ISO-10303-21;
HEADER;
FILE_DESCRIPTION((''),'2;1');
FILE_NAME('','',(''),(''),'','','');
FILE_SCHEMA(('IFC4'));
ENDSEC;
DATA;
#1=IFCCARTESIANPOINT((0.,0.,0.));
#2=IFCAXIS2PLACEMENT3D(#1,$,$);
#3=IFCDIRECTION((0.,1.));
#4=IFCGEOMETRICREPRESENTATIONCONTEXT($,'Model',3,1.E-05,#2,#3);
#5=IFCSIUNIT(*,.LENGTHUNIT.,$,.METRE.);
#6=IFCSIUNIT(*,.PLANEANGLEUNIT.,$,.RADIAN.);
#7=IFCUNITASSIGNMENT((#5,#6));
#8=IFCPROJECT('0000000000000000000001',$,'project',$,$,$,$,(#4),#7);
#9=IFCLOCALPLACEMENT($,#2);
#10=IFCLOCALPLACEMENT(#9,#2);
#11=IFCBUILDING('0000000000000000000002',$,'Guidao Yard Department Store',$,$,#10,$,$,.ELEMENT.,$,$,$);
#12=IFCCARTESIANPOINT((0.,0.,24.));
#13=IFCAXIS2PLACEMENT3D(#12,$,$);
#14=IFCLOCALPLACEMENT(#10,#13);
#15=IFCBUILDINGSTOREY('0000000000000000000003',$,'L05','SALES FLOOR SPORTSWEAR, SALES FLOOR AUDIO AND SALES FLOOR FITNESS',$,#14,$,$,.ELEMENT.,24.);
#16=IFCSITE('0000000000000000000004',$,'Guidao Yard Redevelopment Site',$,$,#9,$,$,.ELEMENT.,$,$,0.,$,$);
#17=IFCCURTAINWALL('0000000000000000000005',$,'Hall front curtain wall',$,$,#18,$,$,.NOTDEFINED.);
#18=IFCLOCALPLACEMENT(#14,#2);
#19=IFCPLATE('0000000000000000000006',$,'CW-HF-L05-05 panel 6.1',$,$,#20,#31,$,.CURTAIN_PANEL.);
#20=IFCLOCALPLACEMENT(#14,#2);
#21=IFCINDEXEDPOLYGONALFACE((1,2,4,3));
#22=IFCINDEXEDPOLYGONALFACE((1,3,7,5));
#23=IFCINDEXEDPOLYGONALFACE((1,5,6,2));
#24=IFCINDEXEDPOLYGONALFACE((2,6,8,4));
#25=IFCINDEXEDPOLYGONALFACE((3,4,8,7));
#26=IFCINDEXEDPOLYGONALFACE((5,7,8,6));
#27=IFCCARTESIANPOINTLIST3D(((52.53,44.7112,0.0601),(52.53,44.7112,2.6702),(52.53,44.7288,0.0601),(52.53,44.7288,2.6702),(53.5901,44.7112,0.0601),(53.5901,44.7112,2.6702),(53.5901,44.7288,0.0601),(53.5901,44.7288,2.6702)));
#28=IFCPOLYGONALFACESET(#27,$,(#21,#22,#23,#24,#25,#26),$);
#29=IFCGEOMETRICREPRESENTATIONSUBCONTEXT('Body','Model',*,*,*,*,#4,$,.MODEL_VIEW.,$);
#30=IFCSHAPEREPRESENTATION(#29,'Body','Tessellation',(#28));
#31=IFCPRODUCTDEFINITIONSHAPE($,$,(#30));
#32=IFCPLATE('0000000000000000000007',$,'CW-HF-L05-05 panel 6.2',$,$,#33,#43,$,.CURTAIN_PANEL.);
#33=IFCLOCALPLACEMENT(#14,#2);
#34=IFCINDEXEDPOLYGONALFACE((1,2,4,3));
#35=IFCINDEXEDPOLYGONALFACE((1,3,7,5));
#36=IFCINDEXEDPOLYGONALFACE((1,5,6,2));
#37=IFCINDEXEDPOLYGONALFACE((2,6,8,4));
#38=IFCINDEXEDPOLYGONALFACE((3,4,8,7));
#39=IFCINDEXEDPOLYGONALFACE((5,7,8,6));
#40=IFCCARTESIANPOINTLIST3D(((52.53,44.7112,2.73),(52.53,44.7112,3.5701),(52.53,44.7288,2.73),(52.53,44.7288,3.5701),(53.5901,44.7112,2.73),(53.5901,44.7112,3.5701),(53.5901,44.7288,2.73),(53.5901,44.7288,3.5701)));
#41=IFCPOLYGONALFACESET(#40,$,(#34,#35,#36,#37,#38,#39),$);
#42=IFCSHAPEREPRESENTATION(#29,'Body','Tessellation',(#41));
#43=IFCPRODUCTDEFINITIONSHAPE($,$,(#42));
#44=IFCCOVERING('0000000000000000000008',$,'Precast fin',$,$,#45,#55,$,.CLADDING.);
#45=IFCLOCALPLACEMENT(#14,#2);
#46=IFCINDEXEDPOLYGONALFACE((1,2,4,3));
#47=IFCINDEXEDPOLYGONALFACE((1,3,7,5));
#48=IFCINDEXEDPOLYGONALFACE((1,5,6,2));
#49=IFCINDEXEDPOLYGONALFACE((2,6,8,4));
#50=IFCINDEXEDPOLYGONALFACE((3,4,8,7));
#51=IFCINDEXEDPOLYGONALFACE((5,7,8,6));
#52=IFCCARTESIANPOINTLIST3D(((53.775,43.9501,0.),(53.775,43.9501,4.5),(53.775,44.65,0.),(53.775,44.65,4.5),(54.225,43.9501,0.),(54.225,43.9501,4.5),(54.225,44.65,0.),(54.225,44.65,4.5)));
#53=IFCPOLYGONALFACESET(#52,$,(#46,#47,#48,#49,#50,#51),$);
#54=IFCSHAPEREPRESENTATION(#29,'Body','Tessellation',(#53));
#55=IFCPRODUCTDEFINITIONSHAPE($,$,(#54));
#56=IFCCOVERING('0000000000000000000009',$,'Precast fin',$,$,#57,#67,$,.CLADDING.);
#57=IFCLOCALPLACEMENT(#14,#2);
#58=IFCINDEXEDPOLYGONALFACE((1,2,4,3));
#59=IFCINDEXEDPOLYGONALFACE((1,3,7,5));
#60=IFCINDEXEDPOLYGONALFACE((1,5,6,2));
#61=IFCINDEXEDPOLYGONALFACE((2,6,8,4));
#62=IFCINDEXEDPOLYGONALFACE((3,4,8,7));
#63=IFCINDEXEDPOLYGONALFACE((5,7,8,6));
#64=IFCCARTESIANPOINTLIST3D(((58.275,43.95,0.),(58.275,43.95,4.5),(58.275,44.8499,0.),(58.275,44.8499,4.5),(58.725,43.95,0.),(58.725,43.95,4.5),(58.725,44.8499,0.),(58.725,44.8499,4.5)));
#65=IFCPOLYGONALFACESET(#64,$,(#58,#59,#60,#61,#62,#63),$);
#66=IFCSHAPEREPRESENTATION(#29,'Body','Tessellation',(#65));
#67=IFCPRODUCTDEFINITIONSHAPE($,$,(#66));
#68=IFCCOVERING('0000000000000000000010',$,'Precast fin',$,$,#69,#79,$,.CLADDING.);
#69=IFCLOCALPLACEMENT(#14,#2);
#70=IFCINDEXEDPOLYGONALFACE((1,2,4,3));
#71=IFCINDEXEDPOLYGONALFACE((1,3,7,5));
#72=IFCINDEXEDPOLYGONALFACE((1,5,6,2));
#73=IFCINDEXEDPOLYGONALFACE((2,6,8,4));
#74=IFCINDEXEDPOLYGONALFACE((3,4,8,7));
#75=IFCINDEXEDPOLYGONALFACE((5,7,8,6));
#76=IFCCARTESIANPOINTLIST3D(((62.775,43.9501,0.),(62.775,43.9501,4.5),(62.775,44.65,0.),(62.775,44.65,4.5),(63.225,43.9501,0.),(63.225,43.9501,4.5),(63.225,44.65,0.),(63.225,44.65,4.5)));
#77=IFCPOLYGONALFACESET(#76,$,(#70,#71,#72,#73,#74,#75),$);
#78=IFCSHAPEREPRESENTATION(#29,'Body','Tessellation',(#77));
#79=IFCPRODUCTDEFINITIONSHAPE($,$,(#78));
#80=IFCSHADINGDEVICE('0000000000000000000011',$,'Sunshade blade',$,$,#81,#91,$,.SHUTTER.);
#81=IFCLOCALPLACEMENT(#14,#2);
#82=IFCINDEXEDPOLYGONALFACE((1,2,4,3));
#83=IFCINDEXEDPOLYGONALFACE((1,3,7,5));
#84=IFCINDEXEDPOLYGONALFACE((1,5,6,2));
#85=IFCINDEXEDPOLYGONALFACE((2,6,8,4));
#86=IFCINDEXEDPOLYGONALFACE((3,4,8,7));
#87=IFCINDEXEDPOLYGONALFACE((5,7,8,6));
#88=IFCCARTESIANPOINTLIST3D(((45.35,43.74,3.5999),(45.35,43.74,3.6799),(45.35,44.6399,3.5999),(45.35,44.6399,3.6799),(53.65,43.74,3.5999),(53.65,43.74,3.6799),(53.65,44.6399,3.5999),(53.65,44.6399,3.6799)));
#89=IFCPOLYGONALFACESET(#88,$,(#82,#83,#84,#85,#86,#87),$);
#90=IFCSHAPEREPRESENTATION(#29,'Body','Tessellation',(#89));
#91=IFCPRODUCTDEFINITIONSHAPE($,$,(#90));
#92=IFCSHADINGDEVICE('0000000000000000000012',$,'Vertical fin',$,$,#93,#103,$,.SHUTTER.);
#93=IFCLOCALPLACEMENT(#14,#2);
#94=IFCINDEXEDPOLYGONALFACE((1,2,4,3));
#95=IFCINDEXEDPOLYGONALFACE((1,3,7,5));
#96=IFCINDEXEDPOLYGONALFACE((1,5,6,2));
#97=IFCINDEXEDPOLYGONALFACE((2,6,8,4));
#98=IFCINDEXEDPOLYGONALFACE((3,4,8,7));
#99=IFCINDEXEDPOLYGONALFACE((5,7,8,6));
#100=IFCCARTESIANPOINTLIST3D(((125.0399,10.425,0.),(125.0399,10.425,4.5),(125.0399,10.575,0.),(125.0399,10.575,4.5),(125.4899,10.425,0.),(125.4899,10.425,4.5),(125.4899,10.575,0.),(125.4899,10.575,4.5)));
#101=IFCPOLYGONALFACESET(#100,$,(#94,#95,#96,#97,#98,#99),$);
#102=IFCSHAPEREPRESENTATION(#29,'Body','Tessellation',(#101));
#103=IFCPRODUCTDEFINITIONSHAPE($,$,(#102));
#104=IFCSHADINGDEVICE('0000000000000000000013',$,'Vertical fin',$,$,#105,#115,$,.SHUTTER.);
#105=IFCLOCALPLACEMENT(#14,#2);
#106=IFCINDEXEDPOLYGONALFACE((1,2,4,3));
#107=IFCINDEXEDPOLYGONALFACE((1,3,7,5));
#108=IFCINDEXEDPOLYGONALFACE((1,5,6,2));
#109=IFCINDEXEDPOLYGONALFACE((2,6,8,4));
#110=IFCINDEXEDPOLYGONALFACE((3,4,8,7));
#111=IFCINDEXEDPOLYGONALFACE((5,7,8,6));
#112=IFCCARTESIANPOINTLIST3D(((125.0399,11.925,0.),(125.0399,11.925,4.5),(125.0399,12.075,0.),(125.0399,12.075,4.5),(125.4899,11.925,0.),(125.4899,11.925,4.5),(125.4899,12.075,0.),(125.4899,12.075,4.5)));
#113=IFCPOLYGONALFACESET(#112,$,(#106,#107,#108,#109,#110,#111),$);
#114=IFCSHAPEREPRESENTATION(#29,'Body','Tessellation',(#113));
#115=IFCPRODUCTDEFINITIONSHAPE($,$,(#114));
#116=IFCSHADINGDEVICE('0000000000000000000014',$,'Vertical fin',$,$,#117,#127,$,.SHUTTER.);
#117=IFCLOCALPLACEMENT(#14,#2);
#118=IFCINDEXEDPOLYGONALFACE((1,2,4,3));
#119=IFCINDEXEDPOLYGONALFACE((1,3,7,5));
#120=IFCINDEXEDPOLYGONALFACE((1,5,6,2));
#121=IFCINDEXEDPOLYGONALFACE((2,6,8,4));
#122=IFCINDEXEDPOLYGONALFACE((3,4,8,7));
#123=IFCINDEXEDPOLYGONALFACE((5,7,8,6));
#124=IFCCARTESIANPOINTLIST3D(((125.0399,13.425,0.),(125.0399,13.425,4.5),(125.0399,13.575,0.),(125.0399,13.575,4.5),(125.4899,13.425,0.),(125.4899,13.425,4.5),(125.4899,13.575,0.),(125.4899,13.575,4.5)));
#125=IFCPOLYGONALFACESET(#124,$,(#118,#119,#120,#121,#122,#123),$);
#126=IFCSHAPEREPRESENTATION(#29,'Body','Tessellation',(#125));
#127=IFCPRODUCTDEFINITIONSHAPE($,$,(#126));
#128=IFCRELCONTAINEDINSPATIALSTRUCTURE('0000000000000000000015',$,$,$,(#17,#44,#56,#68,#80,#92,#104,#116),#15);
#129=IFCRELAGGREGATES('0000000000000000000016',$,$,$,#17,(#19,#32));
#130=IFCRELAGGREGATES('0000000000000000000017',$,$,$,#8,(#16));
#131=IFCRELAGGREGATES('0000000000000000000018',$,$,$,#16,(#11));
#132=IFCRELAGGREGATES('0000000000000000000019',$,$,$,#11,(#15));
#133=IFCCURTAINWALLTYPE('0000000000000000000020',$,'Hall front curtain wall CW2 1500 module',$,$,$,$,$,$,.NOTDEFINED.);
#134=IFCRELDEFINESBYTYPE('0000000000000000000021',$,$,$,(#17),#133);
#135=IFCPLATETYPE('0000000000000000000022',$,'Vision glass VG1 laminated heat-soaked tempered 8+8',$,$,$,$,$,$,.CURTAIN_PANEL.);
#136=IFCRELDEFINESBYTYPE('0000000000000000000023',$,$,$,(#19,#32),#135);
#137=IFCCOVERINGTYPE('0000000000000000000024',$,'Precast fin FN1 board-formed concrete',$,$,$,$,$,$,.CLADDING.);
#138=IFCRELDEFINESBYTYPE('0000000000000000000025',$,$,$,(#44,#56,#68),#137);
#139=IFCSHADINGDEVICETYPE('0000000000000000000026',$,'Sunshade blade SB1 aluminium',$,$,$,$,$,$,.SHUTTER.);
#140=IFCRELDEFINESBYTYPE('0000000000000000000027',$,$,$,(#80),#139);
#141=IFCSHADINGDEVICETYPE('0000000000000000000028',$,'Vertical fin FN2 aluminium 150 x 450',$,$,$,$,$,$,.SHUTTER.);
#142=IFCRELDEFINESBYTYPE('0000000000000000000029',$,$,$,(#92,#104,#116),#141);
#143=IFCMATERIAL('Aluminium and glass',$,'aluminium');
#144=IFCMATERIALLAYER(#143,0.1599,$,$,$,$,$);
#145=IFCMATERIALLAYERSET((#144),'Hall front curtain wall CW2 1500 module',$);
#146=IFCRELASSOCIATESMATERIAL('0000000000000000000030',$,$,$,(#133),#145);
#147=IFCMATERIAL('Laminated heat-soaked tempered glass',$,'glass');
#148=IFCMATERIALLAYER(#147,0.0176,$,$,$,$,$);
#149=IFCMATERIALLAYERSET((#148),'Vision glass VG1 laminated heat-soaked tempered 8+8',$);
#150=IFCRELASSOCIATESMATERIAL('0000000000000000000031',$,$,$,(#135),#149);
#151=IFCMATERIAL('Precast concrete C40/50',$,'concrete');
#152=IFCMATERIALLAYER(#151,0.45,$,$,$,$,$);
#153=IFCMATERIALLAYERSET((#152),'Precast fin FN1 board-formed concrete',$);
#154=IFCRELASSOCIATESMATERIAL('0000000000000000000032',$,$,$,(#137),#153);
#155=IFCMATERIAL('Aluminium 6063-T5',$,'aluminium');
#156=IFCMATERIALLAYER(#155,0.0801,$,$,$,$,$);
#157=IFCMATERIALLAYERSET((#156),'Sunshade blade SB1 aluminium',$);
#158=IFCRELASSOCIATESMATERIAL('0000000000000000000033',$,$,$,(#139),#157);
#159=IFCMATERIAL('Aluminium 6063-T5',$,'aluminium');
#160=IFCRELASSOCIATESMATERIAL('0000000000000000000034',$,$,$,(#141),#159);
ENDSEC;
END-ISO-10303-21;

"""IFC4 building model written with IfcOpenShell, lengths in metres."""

from ifc_helpers import new_model, si_unit, direction, frame, origin, origin_2d, place, context, subcontext, project, spatial, rectangle, extrude, material, layer, layer_set, type_object, element, aggregate, save


model = new_model("IFC4")

# Units and contexts
model_context = context("Model", 3, precision=1e-05, world=origin(), true_north=direction((0.0, 1.0)))
body_context = subcontext(model_context, "Body", "Model", "MODEL_VIEW")
ifc_project = project(units=[si_unit("LENGTHUNIT", "METRE"), si_unit("PLANEANGLEUNIT", "RADIAN")], contexts=[model_context])

# Site, building, storey
site_placement = place(None, origin())
site = spatial("IfcSite", under=ifc_project, at=site_placement, Name="Guidao Yard Redevelopment Site", CompositionType="ELEMENT", RefElevation=0.0)
building_placement = place(site_placement, origin())
building = spatial("IfcBuilding", under=site, at=building_placement, Name="Guidao Yard Department Store", CompositionType="ELEMENT")
storey_placement = place(building_placement, frame((0.0, 0.0, 24.0)))
storey = spatial("IfcBuildingStorey", under=building, at=storey_placement, Name="L05", Description="SALES FLOOR SPORTSWEAR, SALES FLOOR AUDIO AND SALES FLOOR FITNESS", CompositionType="ELEMENT", Elevation=24.0)

# Curtain wall, plates
ifc_material_1 = material(Name="Aluminium and glass", Category="aluminium")
ifc_layer_1 = layer(ifc_material_1, 0.1599)
ifc_layer_set_1 = layer_set([ifc_layer_1], Name="Hall front curtain wall CW2 1500 module")
curtain_wall_type = type_object("IfcCurtainWallType", Name="Hall front curtain wall CW2 1500 module", PredefinedType="NOTDEFINED", material=ifc_layer_set_1)
curtain_wall_placement = place(storey_placement, origin())
curtain_wall = element("IfcCurtainWall", 1, at=curtain_wall_placement, inside=storey, type_object=curtain_wall_type, Name="Hall front curtain wall", PredefinedType="NOTDEFINED")
ifc_material_2 = material(Name="Laminated heat-soaked tempered glass", Category="glass")
ifc_layer_2 = layer(ifc_material_2, 0.0176)
ifc_layer_set_2 = layer_set([ifc_layer_2], Name="Vision glass VG1 laminated heat-soaked tempered 8+8")
plate_type_1 = type_object("IfcPlateType", Name="Vision glass VG1 laminated heat-soaked tempered 8+8", PredefinedType="CURTAIN_PANEL", material=ifc_layer_set_2)
plate_1_placement = place(storey_placement, frame((53.0601, 44.72, 0.0601), z_axis=(0.0, 0.0, 1.0), x_axis=(-1.0, 0.0, 0.0)))
plate_1 = element("IfcPlate", 2, at=plate_1_placement, type_object=plate_type_1, Name="CW-HF-L05-05 panel 6.1", PredefinedType="CURTAIN_PANEL", context=body_context, shape_type="SweptSolid", body=[
    extrude(rectangle(XDim=1.0601, YDim=0.0176, at=origin_2d()), origin(), (0.0, 0.0, 1.0), 2.6101),
])
plate_2_placement = place(storey_placement, frame((53.0601, 44.72, 2.73), z_axis=(0.0, 0.0, 1.0), x_axis=(-1.0, 0.0, 0.0)))
plate_2 = element("IfcPlate", 3, at=plate_2_placement, type_object=plate_type_1, Name="CW-HF-L05-05 panel 6.2", PredefinedType="CURTAIN_PANEL", context=body_context, shape_type="SweptSolid", body=[
    extrude(rectangle(XDim=1.0601, YDim=0.0176, at=origin_2d()), origin(), (0.0, 0.0, 1.0), 0.8401),
])
aggregate(curtain_wall, [plate_1, plate_2])

# Coverings
ifc_material_3 = material(Name="Precast concrete C40/50", Category="concrete")
ifc_layer_3 = layer(ifc_material_3, 0.45)
ifc_layer_set_3 = layer_set([ifc_layer_3], Name="Precast fin FN1 board-formed concrete")
covering_type = type_object("IfcCoveringType", Name="Precast fin FN1 board-formed concrete", PredefinedType="CLADDING", material=ifc_layer_set_3)
covering_1_placement = place(storey_placement, frame((54.0, 44.3, 0.0), z_axis=(0.0, 0.0, 1.0), x_axis=(-1.0, 0.0, 0.0)))
element("IfcCovering", 4, at=covering_1_placement, inside=storey, type_object=covering_type, Name="Precast fin", PredefinedType="CLADDING", context=body_context, shape_type="SweptSolid", body=[
    extrude(rectangle(XDim=0.45, YDim=0.7, at=origin_2d()), origin(), (0.0, 0.0, 1.0), 4.5),
])
covering_2_placement = place(storey_placement, frame((58.5, 44.3999, 0.0), z_axis=(0.0, 0.0, 1.0), x_axis=(-1.0, 0.0, 0.0)))
element("IfcCovering", 5, at=covering_2_placement, inside=storey, type_object=covering_type, Name="Precast fin", PredefinedType="CLADDING", context=body_context, shape_type="SweptSolid", body=[
    extrude(rectangle(XDim=0.45, YDim=0.8999, at=origin_2d()), origin(), (0.0, 0.0, 1.0), 4.5),
])
covering_3_placement = place(storey_placement, frame((63.0, 44.3, 0.0), z_axis=(0.0, 0.0, 1.0), x_axis=(-1.0, 0.0, 0.0)))
element("IfcCovering", 6, at=covering_3_placement, inside=storey, type_object=covering_type, Name="Precast fin", PredefinedType="CLADDING", context=body_context, shape_type="SweptSolid", body=[
    extrude(rectangle(XDim=0.45, YDim=0.7, at=origin_2d()), origin(), (0.0, 0.0, 1.0), 4.5),
])

# Shading devices
ifc_material_4 = material(Name="Aluminium 6063-T5", Category="aluminium")
ifc_layer_4 = layer(ifc_material_4, 0.0801)
ifc_layer_set_4 = layer_set([ifc_layer_4], Name="Sunshade blade SB1 aluminium")
shading_device_type_1 = type_object("IfcShadingDeviceType", Name="Sunshade blade SB1 aluminium", PredefinedType="SHUTTER", material=ifc_layer_set_4)
shading_device_placement = place(storey_placement, frame((49.5, 44.1899, 3.5999), z_axis=(0.0, 0.0, 1.0), x_axis=(-1.0, 0.0, 0.0)))
element("IfcShadingDevice", 7, at=shading_device_placement, inside=storey, type_object=shading_device_type_1, Name="Sunshade blade", PredefinedType="SHUTTER", context=body_context, shape_type="SweptSolid", body=[
    extrude(rectangle(XDim=8.3, YDim=0.8999, at=origin_2d()), origin(), (0.0, 0.0, 1.0), 0.0801),
])
ifc_material_5 = material(Name="Aluminium 6063-T5", Category="aluminium")
shading_device_type_2 = type_object("IfcShadingDeviceType", Name="Vertical fin FN2 aluminium 150 x 450", PredefinedType="SHUTTER", material=ifc_material_5)
for number, where, z_axis, x_axis, name in (
    (8, (125.2649, 10.5, 0.0), (0.0, 0.0, 1.0), (0.0, 1.0, 0.0), "Vertical fin"),
    (9, (125.2649, 12.0, 0.0), (0.0, 0.0, 1.0), (0.0, 1.0, 0.0), "Vertical fin"),
    (10, (125.2649, 13.5, 0.0), (0.0, 0.0, 1.0), (0.0, 1.0, 0.0), "Vertical fin"),
):
    element("IfcShadingDevice", number, at=place(storey_placement, frame(where, z_axis=z_axis, x_axis=x_axis)), inside=storey, type_object=shading_device_type_2, Name=name, PredefinedType="SHUTTER", context=body_context, shape_type="SweptSolid", body=[
        extrude(rectangle(XDim=0.1499, YDim=0.45, at=origin_2d()), origin(), (0.0, 0.0, 1.0), 4.5),
    ])

save(model, "model.ifc")
